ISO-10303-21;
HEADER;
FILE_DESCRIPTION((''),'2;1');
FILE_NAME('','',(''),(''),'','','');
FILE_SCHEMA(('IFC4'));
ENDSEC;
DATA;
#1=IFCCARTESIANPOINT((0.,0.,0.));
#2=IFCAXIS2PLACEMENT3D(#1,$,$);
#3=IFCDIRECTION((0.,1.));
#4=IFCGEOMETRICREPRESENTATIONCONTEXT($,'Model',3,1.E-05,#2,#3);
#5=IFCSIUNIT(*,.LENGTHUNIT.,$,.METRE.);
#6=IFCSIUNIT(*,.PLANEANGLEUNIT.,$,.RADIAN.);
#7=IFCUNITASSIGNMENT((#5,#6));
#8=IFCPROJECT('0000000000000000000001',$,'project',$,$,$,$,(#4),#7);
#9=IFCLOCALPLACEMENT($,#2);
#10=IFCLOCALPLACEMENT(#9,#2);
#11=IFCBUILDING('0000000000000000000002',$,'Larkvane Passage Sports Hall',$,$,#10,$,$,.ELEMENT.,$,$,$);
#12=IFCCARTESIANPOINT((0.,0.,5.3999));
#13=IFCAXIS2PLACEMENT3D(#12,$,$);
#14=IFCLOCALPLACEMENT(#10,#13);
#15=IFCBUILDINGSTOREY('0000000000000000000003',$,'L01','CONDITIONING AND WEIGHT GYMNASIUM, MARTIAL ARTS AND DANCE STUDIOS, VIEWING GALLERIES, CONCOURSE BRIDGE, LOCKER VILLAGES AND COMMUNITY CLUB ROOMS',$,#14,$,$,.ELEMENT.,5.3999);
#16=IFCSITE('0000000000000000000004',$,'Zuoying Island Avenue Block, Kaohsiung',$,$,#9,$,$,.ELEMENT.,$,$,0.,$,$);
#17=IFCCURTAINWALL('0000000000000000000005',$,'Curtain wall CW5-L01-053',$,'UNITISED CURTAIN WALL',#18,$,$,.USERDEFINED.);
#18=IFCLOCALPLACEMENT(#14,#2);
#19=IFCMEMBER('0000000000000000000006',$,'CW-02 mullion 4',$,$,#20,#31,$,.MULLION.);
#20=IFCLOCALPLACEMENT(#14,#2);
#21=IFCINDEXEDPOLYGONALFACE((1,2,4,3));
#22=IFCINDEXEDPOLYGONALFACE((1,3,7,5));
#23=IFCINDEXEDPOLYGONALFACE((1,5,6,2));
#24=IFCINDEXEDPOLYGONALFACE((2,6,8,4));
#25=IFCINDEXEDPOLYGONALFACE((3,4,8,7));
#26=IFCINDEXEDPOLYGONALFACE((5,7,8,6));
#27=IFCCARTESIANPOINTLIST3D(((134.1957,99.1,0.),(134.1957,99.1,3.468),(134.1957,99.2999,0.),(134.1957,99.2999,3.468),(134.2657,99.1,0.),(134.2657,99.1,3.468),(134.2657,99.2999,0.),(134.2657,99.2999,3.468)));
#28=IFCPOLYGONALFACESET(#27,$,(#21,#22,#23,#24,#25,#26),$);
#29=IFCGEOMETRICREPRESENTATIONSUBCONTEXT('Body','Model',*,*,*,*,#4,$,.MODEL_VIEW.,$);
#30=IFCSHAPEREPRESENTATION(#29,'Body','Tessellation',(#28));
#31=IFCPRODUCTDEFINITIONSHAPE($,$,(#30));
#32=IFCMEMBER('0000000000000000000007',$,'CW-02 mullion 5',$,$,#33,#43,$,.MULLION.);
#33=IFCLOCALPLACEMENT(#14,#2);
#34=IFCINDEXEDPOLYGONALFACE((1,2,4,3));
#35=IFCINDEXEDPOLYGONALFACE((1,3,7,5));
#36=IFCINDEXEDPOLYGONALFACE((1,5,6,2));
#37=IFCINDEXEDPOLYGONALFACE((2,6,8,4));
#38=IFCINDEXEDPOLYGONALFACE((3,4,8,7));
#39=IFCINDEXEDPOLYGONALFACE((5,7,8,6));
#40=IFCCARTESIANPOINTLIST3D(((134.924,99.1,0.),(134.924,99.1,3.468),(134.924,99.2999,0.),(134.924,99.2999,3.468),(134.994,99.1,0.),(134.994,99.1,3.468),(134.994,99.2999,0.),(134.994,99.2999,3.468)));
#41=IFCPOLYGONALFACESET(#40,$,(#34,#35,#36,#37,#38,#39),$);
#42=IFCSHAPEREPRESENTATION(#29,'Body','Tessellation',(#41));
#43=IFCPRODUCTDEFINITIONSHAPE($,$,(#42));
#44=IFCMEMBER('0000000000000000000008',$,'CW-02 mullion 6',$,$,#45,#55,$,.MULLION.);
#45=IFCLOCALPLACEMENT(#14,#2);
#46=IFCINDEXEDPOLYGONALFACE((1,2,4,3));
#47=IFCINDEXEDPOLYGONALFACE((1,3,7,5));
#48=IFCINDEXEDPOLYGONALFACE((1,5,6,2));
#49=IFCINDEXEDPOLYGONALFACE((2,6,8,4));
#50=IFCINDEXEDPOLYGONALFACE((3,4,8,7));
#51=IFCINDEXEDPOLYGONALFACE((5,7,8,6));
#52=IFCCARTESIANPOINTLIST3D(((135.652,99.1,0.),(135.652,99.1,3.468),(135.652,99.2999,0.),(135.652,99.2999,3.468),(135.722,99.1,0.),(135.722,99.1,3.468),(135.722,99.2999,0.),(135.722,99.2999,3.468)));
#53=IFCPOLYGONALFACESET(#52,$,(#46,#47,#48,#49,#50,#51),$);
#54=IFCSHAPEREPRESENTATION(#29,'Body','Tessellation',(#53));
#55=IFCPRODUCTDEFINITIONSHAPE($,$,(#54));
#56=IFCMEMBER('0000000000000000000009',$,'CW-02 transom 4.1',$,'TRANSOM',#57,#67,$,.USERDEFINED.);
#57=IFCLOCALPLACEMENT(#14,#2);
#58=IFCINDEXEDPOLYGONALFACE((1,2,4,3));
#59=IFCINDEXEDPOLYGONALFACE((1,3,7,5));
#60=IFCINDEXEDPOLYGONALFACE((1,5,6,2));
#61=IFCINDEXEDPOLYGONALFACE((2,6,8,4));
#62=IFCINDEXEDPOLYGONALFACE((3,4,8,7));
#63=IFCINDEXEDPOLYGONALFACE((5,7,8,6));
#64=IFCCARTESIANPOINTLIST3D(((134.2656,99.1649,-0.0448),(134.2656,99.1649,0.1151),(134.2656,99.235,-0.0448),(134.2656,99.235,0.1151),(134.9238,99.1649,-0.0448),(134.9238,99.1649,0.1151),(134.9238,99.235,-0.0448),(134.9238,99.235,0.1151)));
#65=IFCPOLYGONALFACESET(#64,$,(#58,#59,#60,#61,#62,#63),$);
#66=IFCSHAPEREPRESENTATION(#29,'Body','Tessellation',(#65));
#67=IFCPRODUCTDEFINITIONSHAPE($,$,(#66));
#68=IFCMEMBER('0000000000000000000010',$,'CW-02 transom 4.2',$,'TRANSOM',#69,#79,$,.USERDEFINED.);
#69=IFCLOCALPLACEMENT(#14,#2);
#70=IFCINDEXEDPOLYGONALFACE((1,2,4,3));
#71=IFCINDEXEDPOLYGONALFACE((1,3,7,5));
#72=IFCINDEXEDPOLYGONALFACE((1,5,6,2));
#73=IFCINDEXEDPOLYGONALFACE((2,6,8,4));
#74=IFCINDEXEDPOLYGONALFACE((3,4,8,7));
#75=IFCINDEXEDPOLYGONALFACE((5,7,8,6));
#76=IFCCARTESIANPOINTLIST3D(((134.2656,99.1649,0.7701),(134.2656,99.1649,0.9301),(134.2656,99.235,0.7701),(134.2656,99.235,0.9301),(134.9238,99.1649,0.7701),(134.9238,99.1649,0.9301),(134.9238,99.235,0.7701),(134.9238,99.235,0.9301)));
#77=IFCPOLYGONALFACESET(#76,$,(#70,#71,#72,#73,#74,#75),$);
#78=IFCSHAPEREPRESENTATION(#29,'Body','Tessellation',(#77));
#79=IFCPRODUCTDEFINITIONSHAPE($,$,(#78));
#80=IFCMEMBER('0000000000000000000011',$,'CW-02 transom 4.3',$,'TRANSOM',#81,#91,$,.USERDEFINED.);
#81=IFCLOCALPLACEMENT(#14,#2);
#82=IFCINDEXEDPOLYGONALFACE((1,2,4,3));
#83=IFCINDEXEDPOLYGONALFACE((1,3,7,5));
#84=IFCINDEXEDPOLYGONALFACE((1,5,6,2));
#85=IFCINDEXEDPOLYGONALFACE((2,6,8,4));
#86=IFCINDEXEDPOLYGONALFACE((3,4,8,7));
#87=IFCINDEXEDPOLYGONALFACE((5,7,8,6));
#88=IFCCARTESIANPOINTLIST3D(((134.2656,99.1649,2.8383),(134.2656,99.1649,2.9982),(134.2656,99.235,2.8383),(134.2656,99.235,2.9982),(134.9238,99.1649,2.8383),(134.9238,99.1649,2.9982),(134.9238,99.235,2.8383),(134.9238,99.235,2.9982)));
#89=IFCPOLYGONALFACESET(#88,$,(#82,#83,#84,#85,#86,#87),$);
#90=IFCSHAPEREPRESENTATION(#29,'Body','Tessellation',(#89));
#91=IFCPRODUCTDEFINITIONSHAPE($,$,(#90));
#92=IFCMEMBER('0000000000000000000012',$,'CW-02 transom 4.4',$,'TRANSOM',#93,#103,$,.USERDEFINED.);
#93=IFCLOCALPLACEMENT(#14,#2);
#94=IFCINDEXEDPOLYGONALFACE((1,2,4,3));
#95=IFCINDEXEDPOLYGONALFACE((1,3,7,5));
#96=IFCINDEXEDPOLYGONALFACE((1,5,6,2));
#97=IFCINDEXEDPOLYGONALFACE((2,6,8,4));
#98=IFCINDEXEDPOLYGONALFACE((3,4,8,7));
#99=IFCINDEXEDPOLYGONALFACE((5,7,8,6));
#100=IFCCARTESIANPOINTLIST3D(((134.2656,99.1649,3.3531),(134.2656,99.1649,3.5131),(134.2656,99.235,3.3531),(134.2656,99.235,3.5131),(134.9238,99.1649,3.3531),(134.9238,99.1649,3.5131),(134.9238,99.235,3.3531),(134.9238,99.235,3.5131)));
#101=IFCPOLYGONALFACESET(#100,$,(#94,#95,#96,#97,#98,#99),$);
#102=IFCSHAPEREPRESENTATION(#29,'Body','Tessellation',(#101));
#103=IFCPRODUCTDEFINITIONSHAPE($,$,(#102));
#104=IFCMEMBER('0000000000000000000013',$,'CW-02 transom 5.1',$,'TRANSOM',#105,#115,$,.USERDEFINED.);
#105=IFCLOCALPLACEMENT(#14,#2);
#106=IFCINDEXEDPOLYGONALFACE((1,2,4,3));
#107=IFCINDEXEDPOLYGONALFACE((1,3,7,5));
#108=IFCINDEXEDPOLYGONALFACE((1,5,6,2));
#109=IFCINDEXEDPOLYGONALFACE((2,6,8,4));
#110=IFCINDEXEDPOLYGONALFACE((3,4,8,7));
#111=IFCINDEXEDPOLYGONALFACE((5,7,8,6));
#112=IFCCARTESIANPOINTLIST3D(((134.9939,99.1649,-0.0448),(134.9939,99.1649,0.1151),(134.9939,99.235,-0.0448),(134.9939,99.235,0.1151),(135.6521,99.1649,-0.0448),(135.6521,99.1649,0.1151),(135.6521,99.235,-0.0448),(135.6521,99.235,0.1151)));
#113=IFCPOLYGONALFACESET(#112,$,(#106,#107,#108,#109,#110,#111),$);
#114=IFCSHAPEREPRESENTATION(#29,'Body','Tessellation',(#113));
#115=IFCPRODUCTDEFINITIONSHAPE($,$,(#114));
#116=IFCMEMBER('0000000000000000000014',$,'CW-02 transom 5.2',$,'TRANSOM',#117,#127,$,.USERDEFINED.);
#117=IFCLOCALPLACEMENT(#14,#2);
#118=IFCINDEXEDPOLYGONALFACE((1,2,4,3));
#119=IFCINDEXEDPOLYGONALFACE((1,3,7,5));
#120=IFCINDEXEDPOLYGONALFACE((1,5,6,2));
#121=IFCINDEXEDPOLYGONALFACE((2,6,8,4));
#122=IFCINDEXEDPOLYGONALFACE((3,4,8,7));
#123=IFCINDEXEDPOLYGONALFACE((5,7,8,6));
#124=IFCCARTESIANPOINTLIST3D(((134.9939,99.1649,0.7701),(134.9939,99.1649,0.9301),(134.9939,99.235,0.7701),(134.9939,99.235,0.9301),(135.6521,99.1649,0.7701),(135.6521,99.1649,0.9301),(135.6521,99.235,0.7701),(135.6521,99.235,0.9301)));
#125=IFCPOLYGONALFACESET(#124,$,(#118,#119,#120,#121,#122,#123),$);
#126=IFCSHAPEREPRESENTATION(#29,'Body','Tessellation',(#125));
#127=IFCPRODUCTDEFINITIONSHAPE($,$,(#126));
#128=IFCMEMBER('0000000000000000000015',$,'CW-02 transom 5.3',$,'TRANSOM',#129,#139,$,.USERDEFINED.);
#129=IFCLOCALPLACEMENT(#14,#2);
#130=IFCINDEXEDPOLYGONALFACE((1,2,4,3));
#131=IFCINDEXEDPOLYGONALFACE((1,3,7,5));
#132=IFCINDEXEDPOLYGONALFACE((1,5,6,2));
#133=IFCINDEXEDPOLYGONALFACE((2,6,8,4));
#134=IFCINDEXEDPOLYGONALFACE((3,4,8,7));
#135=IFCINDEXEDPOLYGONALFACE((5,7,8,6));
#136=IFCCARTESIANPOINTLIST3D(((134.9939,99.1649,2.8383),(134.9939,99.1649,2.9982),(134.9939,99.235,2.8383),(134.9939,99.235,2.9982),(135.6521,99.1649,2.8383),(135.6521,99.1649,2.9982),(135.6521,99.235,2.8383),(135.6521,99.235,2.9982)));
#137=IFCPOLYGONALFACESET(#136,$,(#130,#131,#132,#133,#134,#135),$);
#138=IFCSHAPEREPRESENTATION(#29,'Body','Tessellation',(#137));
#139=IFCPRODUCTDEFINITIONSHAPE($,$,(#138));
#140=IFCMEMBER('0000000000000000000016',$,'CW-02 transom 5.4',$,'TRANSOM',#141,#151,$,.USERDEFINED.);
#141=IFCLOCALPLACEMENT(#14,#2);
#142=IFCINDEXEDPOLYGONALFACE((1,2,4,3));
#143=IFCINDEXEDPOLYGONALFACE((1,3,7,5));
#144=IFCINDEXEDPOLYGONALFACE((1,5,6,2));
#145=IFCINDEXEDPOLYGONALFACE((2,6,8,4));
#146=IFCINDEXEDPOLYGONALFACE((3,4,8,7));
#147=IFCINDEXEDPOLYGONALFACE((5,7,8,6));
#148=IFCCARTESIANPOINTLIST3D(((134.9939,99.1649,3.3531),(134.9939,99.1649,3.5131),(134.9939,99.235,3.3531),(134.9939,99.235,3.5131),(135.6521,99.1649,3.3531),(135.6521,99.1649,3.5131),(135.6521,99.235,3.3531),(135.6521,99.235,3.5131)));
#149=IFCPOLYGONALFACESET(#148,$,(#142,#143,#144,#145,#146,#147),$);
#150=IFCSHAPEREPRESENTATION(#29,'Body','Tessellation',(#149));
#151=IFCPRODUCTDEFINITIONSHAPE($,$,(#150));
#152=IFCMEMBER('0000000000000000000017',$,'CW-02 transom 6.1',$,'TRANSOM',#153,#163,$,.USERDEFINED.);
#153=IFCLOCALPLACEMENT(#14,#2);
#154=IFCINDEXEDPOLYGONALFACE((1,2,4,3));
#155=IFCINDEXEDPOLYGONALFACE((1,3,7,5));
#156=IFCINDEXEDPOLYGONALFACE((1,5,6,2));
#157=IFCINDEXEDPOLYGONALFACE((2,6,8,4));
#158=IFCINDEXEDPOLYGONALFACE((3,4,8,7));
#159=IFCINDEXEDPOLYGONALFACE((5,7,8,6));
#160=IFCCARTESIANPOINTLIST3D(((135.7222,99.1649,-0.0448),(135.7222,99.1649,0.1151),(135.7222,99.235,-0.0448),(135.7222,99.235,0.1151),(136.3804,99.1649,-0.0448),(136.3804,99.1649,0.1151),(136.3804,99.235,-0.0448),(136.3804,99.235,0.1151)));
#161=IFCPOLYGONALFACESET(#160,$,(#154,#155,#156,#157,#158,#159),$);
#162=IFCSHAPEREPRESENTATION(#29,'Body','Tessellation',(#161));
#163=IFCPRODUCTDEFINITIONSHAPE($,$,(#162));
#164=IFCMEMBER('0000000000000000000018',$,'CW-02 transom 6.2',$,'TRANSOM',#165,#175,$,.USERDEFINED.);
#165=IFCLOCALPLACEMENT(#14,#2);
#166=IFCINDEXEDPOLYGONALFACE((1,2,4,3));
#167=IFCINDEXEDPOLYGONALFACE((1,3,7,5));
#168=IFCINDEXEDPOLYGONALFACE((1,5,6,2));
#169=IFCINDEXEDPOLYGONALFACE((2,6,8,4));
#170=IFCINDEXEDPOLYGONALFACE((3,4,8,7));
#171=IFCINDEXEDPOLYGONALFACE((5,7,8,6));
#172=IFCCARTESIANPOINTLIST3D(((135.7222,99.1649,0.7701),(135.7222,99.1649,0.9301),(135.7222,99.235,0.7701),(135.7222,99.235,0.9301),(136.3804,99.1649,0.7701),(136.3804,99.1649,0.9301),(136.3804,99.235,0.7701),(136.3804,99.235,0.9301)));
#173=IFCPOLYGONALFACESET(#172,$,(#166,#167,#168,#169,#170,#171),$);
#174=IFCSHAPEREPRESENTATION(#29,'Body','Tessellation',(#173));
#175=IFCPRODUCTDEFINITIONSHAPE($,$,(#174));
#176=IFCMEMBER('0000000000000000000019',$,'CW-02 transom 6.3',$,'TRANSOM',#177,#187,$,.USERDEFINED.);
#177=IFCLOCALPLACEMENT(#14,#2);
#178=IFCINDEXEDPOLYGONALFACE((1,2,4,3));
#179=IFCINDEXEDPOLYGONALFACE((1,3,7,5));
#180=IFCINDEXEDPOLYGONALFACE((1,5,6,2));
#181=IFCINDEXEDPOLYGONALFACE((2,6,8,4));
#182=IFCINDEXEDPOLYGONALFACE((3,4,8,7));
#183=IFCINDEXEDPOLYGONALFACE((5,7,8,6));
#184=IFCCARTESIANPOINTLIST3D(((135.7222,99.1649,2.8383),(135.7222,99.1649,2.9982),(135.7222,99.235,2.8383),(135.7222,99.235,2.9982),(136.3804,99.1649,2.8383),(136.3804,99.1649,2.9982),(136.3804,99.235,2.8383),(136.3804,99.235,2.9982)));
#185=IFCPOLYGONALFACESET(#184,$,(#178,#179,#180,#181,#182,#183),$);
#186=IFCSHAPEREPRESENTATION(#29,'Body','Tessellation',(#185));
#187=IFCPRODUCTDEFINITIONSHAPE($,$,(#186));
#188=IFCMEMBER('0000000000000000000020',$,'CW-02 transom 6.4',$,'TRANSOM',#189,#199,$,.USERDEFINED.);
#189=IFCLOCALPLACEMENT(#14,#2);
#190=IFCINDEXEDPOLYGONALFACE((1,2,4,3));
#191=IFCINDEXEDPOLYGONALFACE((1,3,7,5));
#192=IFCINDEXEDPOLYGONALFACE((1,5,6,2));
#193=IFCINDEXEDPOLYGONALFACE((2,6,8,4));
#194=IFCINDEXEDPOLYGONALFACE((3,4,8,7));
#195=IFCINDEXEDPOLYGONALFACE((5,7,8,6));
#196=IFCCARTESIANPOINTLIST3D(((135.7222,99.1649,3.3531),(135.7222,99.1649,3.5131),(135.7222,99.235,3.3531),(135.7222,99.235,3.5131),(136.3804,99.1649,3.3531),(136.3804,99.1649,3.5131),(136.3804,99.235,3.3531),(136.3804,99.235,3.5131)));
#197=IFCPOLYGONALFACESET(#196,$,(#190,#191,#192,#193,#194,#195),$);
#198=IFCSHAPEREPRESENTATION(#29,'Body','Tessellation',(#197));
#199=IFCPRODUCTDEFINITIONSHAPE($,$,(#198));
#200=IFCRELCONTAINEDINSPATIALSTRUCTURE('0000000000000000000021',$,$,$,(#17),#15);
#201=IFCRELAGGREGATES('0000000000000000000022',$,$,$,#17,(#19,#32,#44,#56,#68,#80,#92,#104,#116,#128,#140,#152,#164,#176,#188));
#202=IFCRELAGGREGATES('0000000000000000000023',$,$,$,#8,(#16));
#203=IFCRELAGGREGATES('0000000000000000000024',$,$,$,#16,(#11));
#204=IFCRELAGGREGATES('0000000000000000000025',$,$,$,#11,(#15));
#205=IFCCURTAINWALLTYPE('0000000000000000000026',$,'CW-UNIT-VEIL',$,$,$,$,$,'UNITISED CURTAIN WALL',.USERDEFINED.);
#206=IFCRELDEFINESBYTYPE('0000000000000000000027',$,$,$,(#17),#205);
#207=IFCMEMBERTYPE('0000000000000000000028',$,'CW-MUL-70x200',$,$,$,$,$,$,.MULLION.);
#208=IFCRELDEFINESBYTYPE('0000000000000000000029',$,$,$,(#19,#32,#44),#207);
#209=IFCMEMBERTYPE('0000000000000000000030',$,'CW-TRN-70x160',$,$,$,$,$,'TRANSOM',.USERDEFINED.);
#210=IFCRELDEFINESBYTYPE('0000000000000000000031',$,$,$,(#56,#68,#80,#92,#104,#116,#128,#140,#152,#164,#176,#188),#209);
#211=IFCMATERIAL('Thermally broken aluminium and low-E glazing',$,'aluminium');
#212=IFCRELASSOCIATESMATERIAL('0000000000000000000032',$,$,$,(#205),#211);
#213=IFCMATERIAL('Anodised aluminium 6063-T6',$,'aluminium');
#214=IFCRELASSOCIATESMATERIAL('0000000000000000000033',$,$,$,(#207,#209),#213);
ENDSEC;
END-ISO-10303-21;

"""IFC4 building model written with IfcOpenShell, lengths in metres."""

from ifc_helpers import new_model, si_unit, direction, frame, origin, origin_2d, place, context, subcontext, project, spatial, rectangle, extrude, material, material_profile, profile_set, type_object, element, aggregate, save


model = new_model("IFC4")

# Units and contexts
model_context = context("Model", 3, precision=1e-05, world=origin(), true_north=direction((0.0, 1.0)))
body_context = subcontext(model_context, "Body", "Model", "MODEL_VIEW")
ifc_project = project(units=[si_unit("LENGTHUNIT", "METRE"), si_unit("PLANEANGLEUNIT", "RADIAN")], contexts=[model_context])

# Site, building, storey
site_placement = place(None, origin())
site = spatial("IfcSite", under=ifc_project, at=site_placement, Name="Zuoying Island Avenue Block, Kaohsiung", CompositionType="ELEMENT", RefElevation=0.0)
building_placement = place(site_placement, origin())
building = spatial("IfcBuilding", under=site, at=building_placement, Name="Larkvane Passage Sports Hall", CompositionType="ELEMENT")
storey_placement = place(building_placement, frame((0.0, 0.0, 5.3999)))
storey = spatial("IfcBuildingStorey", under=building, at=storey_placement, Name="L01", Description="CONDITIONING AND WEIGHT GYMNASIUM, MARTIAL ARTS AND DANCE STUDIOS, VIEWING GALLERIES, CONCOURSE BRIDGE, LOCKER VILLAGES AND COMMUNITY CLUB ROOMS", CompositionType="ELEMENT", Elevation=5.3999)

# Curtain wall, members
ifc_material_1 = material(Name="Thermally broken aluminium and low-E glazing", Category="aluminium")
curtain_wall_type = type_object("IfcCurtainWallType", Name="CW-UNIT-VEIL", ElementType="UNITISED CURTAIN WALL", PredefinedType="USERDEFINED", material=ifc_material_1)
curtain_wall_placement = place(storey_placement, origin())
curtain_wall = element("IfcCurtainWall", 1, at=curtain_wall_placement, inside=storey, type_object=curtain_wall_type, Name="Curtain wall CW5-L01-053", ObjectType="UNITISED CURTAIN WALL", PredefinedType="USERDEFINED")
ifc_material_2 = material(Name="Anodised aluminium 6063-T6", Category="aluminium")
ifc_material_profile_1 = material_profile(ifc_material_2, rectangle(XDim=0.0701, YDim=0.2, at=origin_2d()), Name="ALU-MUL-70x200")
ifc_profile_set_1 = profile_set([ifc_material_profile_1], Name="Anodised aluminium 6063-T6")
member_type_1 = type_object("IfcMemberType", Name="CW-MUL-70x200", PredefinedType="MULLION", material=ifc_profile_set_1)
member_1_placement = place(storey_placement, frame((134.2307, 99.2, 0.0), z_axis=(0.0, 0.0, 1.0), x_axis=(1.0, 0.0, 0.0)))
member_1 = element("IfcMember", 2, at=member_1_placement, type_object=member_type_1, Name="CW-02 mullion 4", PredefinedType="MULLION", context=body_context, shape_type="SweptSolid", body=[
    extrude(rectangle(XDim=0.0701, YDim=0.2, at=origin_2d()), origin(), (0.0, 0.0, 1.0), 3.468),
])
member_2_placement = place(storey_placement, frame((134.959, 99.2, 0.0), z_axis=(0.0, 0.0, 1.0), x_axis=(1.0, 0.0, 0.0)))
member_2 = element("IfcMember", 3, at=member_2_placement, type_object=member_type_1, Name="CW-02 mullion 5", PredefinedType="MULLION", context=body_context, shape_type="SweptSolid", body=[
    extrude(rectangle(XDim=0.0701, YDim=0.2, at=origin_2d()), origin(), (0.0, 0.0, 1.0), 3.468),
])
member_3_placement = place(storey_placement, frame((135.687, 99.2, 0.0), z_axis=(0.0, 0.0, 1.0), x_axis=(1.0, 0.0, 0.0)))
member_3 = element("IfcMember", 4, at=member_3_placement, type_object=member_type_1, Name="CW-02 mullion 6", PredefinedType="MULLION", context=body_context, shape_type="SweptSolid", body=[
    extrude(rectangle(XDim=0.0701, YDim=0.2, at=origin_2d()), origin(), (0.0, 0.0, 1.0), 3.468),
])
ifc_material_profile_2 = material_profile(ifc_material_2, rectangle(XDim=0.0701, YDim=0.1599, at=origin_2d()), Name="ALU-TRN-70x160")
ifc_profile_set_2 = profile_set([ifc_material_profile_2], Name="Anodised aluminium 6063-T6")
member_type_2 = type_object("IfcMemberType", Name="CW-TRN-70x160", ElementType="TRANSOM", PredefinedType="USERDEFINED", material=ifc_profile_set_2)
member_4_placement = place(storey_placement, frame((134.2656, 99.2, 0.0352), z_axis=(1.0, 0.0, 0.0), x_axis=(0.0, 1.0, 0.0)))
member_4 = element("IfcMember", 5, at=member_4_placement, type_object=member_type_2, Name="CW-02 transom 4.1", ObjectType="TRANSOM", PredefinedType="USERDEFINED", context=body_context, shape_type="SweptSolid", body=[
    extrude(rectangle(XDim=0.0701, YDim=0.1599, at=origin_2d()), origin(), (0.0, 0.0, 1.0), 0.6582),
])
member_5_placement = place(storey_placement, frame((134.2656, 99.2, 0.8501), z_axis=(1.0, 0.0, 0.0), x_axis=(0.0, 1.0, 0.0)))
member_5 = element("IfcMember", 6, at=member_5_placement, type_object=member_type_2, Name="CW-02 transom 4.2", ObjectType="TRANSOM", PredefinedType="USERDEFINED", context=body_context, shape_type="SweptSolid", body=[
    extrude(rectangle(XDim=0.0701, YDim=0.1599, at=origin_2d()), origin(), (0.0, 0.0, 1.0), 0.6582),
])
member_6_placement = place(storey_placement, frame((134.2656, 99.2, 2.9182), z_axis=(1.0, 0.0, 0.0), x_axis=(0.0, 1.0, 0.0)))
member_6 = element("IfcMember", 7, at=member_6_placement, type_object=member_type_2, Name="CW-02 transom 4.3", ObjectType="TRANSOM", PredefinedType="USERDEFINED", context=body_context, shape_type="SweptSolid", body=[
    extrude(rectangle(XDim=0.0701, YDim=0.1599, at=origin_2d()), origin(), (0.0, 0.0, 1.0), 0.6582),
])
member_7_placement = place(storey_placement, frame((134.2656, 99.2, 3.4331), z_axis=(1.0, 0.0, 0.0), x_axis=(0.0, 1.0, 0.0)))
member_7 = element("IfcMember", 8, at=member_7_placement, type_object=member_type_2, Name="CW-02 transom 4.4", ObjectType="TRANSOM", PredefinedType="USERDEFINED", context=body_context, shape_type="SweptSolid", body=[
    extrude(rectangle(XDim=0.0701, YDim=0.1599, at=origin_2d()), origin(), (0.0, 0.0, 1.0), 0.6582),
])
member_8_placement = place(storey_placement, frame((134.9939, 99.2, 0.0352), z_axis=(1.0, 0.0, 0.0), x_axis=(0.0, 1.0, 0.0)))
member_8 = element("IfcMember", 9, at=member_8_placement, type_object=member_type_2, Name="CW-02 transom 5.1", ObjectType="TRANSOM", PredefinedType="USERDEFINED", context=body_context, shape_type="SweptSolid", body=[
    extrude(rectangle(XDim=0.0701, YDim=0.1599, at=origin_2d()), origin(), (0.0, 0.0, 1.0), 0.6582),
])
member_9_placement = place(storey_placement, frame((134.9939, 99.2, 0.8501), z_axis=(1.0, 0.0, 0.0), x_axis=(0.0, 1.0, 0.0)))
member_9 = element("IfcMember", 10, at=member_9_placement, type_object=member_type_2, Name="CW-02 transom 5.2", ObjectType="TRANSOM", PredefinedType="USERDEFINED", context=body_context, shape_type="SweptSolid", body=[
    extrude(rectangle(XDim=0.0701, YDim=0.1599, at=origin_2d()), origin(), (0.0, 0.0, 1.0), 0.6582),
])
member_10_placement = place(storey_placement, frame((134.9939, 99.2, 2.9182), z_axis=(1.0, 0.0, 0.0), x_axis=(0.0, 1.0, 0.0)))
member_10 = element("IfcMember", 11, at=member_10_placement, type_object=member_type_2, Name="CW-02 transom 5.3", ObjectType="TRANSOM", PredefinedType="USERDEFINED", context=body_context, shape_type="SweptSolid", body=[
    extrude(rectangle(XDim=0.0701, YDim=0.1599, at=origin_2d()), origin(), (0.0, 0.0, 1.0), 0.6582),
])
member_11_placement = place(storey_placement, frame((134.9939, 99.2, 3.4331), z_axis=(1.0, 0.0, 0.0), x_axis=(0.0, 1.0, 0.0)))
member_11 = element("IfcMember", 12, at=member_11_placement, type_object=member_type_2, Name="CW-02 transom 5.4", ObjectType="TRANSOM", PredefinedType="USERDEFINED", context=body_context, shape_type="SweptSolid", body=[
    extrude(rectangle(XDim=0.0701, YDim=0.1599, at=origin_2d()), origin(), (0.0, 0.0, 1.0), 0.6582),
])
member_12_placement = place(storey_placement, frame((135.7222, 99.2, 0.0352), z_axis=(1.0, 0.0, 0.0), x_axis=(0.0, 1.0, 0.0)))
member_12 = element("IfcMember", 13, at=member_12_placement, type_object=member_type_2, Name="CW-02 transom 6.1", ObjectType="TRANSOM", PredefinedType="USERDEFINED", context=body_context, shape_type="SweptSolid", body=[
    extrude(rectangle(XDim=0.0701, YDim=0.1599, at=origin_2d()), origin(), (0.0, 0.0, 1.0), 0.6582),
])
member_13_placement = place(storey_placement, frame((135.7222, 99.2, 0.8501), z_axis=(1.0, 0.0, 0.0), x_axis=(0.0, 1.0, 0.0)))
member_13 = element("IfcMember", 14, at=member_13_placement, type_object=member_type_2, Name="CW-02 transom 6.2", ObjectType="TRANSOM", PredefinedType="USERDEFINED", context=body_context, shape_type="SweptSolid", body=[
    extrude(rectangle(XDim=0.0701, YDim=0.1599, at=origin_2d()), origin(), (0.0, 0.0, 1.0), 0.6582),
])
member_14_placement = place(storey_placement, frame((135.7222, 99.2, 2.9182), z_axis=(1.0, 0.0, 0.0), x_axis=(0.0, 1.0, 0.0)))
member_14 = element("IfcMember", 15, at=member_14_placement, type_object=member_type_2, Name="CW-02 transom 6.3", ObjectType="TRANSOM", PredefinedType="USERDEFINED", context=body_context, shape_type="SweptSolid", body=[
    extrude(rectangle(XDim=0.0701, YDim=0.1599, at=origin_2d()), origin(), (0.0, 0.0, 1.0), 0.6582),
])
member_15_placement = place(storey_placement, frame((135.7222, 99.2, 3.4331), z_axis=(1.0, 0.0, 0.0), x_axis=(0.0, 1.0, 0.0)))
member_15 = element("IfcMember", 16, at=member_15_placement, type_object=member_type_2, Name="CW-02 transom 6.4", ObjectType="TRANSOM", PredefinedType="USERDEFINED", context=body_context, shape_type="SweptSolid", body=[
    extrude(rectangle(XDim=0.0701, YDim=0.1599, at=origin_2d()), origin(), (0.0, 0.0, 1.0), 0.6582),
])
aggregate(curtain_wall, [member_1, member_2, member_3, member_4, member_5, member_6, member_7, member_8, member_9, member_10, member_11, member_12, member_13, member_14, member_15])

save(model, "model.ifc")
